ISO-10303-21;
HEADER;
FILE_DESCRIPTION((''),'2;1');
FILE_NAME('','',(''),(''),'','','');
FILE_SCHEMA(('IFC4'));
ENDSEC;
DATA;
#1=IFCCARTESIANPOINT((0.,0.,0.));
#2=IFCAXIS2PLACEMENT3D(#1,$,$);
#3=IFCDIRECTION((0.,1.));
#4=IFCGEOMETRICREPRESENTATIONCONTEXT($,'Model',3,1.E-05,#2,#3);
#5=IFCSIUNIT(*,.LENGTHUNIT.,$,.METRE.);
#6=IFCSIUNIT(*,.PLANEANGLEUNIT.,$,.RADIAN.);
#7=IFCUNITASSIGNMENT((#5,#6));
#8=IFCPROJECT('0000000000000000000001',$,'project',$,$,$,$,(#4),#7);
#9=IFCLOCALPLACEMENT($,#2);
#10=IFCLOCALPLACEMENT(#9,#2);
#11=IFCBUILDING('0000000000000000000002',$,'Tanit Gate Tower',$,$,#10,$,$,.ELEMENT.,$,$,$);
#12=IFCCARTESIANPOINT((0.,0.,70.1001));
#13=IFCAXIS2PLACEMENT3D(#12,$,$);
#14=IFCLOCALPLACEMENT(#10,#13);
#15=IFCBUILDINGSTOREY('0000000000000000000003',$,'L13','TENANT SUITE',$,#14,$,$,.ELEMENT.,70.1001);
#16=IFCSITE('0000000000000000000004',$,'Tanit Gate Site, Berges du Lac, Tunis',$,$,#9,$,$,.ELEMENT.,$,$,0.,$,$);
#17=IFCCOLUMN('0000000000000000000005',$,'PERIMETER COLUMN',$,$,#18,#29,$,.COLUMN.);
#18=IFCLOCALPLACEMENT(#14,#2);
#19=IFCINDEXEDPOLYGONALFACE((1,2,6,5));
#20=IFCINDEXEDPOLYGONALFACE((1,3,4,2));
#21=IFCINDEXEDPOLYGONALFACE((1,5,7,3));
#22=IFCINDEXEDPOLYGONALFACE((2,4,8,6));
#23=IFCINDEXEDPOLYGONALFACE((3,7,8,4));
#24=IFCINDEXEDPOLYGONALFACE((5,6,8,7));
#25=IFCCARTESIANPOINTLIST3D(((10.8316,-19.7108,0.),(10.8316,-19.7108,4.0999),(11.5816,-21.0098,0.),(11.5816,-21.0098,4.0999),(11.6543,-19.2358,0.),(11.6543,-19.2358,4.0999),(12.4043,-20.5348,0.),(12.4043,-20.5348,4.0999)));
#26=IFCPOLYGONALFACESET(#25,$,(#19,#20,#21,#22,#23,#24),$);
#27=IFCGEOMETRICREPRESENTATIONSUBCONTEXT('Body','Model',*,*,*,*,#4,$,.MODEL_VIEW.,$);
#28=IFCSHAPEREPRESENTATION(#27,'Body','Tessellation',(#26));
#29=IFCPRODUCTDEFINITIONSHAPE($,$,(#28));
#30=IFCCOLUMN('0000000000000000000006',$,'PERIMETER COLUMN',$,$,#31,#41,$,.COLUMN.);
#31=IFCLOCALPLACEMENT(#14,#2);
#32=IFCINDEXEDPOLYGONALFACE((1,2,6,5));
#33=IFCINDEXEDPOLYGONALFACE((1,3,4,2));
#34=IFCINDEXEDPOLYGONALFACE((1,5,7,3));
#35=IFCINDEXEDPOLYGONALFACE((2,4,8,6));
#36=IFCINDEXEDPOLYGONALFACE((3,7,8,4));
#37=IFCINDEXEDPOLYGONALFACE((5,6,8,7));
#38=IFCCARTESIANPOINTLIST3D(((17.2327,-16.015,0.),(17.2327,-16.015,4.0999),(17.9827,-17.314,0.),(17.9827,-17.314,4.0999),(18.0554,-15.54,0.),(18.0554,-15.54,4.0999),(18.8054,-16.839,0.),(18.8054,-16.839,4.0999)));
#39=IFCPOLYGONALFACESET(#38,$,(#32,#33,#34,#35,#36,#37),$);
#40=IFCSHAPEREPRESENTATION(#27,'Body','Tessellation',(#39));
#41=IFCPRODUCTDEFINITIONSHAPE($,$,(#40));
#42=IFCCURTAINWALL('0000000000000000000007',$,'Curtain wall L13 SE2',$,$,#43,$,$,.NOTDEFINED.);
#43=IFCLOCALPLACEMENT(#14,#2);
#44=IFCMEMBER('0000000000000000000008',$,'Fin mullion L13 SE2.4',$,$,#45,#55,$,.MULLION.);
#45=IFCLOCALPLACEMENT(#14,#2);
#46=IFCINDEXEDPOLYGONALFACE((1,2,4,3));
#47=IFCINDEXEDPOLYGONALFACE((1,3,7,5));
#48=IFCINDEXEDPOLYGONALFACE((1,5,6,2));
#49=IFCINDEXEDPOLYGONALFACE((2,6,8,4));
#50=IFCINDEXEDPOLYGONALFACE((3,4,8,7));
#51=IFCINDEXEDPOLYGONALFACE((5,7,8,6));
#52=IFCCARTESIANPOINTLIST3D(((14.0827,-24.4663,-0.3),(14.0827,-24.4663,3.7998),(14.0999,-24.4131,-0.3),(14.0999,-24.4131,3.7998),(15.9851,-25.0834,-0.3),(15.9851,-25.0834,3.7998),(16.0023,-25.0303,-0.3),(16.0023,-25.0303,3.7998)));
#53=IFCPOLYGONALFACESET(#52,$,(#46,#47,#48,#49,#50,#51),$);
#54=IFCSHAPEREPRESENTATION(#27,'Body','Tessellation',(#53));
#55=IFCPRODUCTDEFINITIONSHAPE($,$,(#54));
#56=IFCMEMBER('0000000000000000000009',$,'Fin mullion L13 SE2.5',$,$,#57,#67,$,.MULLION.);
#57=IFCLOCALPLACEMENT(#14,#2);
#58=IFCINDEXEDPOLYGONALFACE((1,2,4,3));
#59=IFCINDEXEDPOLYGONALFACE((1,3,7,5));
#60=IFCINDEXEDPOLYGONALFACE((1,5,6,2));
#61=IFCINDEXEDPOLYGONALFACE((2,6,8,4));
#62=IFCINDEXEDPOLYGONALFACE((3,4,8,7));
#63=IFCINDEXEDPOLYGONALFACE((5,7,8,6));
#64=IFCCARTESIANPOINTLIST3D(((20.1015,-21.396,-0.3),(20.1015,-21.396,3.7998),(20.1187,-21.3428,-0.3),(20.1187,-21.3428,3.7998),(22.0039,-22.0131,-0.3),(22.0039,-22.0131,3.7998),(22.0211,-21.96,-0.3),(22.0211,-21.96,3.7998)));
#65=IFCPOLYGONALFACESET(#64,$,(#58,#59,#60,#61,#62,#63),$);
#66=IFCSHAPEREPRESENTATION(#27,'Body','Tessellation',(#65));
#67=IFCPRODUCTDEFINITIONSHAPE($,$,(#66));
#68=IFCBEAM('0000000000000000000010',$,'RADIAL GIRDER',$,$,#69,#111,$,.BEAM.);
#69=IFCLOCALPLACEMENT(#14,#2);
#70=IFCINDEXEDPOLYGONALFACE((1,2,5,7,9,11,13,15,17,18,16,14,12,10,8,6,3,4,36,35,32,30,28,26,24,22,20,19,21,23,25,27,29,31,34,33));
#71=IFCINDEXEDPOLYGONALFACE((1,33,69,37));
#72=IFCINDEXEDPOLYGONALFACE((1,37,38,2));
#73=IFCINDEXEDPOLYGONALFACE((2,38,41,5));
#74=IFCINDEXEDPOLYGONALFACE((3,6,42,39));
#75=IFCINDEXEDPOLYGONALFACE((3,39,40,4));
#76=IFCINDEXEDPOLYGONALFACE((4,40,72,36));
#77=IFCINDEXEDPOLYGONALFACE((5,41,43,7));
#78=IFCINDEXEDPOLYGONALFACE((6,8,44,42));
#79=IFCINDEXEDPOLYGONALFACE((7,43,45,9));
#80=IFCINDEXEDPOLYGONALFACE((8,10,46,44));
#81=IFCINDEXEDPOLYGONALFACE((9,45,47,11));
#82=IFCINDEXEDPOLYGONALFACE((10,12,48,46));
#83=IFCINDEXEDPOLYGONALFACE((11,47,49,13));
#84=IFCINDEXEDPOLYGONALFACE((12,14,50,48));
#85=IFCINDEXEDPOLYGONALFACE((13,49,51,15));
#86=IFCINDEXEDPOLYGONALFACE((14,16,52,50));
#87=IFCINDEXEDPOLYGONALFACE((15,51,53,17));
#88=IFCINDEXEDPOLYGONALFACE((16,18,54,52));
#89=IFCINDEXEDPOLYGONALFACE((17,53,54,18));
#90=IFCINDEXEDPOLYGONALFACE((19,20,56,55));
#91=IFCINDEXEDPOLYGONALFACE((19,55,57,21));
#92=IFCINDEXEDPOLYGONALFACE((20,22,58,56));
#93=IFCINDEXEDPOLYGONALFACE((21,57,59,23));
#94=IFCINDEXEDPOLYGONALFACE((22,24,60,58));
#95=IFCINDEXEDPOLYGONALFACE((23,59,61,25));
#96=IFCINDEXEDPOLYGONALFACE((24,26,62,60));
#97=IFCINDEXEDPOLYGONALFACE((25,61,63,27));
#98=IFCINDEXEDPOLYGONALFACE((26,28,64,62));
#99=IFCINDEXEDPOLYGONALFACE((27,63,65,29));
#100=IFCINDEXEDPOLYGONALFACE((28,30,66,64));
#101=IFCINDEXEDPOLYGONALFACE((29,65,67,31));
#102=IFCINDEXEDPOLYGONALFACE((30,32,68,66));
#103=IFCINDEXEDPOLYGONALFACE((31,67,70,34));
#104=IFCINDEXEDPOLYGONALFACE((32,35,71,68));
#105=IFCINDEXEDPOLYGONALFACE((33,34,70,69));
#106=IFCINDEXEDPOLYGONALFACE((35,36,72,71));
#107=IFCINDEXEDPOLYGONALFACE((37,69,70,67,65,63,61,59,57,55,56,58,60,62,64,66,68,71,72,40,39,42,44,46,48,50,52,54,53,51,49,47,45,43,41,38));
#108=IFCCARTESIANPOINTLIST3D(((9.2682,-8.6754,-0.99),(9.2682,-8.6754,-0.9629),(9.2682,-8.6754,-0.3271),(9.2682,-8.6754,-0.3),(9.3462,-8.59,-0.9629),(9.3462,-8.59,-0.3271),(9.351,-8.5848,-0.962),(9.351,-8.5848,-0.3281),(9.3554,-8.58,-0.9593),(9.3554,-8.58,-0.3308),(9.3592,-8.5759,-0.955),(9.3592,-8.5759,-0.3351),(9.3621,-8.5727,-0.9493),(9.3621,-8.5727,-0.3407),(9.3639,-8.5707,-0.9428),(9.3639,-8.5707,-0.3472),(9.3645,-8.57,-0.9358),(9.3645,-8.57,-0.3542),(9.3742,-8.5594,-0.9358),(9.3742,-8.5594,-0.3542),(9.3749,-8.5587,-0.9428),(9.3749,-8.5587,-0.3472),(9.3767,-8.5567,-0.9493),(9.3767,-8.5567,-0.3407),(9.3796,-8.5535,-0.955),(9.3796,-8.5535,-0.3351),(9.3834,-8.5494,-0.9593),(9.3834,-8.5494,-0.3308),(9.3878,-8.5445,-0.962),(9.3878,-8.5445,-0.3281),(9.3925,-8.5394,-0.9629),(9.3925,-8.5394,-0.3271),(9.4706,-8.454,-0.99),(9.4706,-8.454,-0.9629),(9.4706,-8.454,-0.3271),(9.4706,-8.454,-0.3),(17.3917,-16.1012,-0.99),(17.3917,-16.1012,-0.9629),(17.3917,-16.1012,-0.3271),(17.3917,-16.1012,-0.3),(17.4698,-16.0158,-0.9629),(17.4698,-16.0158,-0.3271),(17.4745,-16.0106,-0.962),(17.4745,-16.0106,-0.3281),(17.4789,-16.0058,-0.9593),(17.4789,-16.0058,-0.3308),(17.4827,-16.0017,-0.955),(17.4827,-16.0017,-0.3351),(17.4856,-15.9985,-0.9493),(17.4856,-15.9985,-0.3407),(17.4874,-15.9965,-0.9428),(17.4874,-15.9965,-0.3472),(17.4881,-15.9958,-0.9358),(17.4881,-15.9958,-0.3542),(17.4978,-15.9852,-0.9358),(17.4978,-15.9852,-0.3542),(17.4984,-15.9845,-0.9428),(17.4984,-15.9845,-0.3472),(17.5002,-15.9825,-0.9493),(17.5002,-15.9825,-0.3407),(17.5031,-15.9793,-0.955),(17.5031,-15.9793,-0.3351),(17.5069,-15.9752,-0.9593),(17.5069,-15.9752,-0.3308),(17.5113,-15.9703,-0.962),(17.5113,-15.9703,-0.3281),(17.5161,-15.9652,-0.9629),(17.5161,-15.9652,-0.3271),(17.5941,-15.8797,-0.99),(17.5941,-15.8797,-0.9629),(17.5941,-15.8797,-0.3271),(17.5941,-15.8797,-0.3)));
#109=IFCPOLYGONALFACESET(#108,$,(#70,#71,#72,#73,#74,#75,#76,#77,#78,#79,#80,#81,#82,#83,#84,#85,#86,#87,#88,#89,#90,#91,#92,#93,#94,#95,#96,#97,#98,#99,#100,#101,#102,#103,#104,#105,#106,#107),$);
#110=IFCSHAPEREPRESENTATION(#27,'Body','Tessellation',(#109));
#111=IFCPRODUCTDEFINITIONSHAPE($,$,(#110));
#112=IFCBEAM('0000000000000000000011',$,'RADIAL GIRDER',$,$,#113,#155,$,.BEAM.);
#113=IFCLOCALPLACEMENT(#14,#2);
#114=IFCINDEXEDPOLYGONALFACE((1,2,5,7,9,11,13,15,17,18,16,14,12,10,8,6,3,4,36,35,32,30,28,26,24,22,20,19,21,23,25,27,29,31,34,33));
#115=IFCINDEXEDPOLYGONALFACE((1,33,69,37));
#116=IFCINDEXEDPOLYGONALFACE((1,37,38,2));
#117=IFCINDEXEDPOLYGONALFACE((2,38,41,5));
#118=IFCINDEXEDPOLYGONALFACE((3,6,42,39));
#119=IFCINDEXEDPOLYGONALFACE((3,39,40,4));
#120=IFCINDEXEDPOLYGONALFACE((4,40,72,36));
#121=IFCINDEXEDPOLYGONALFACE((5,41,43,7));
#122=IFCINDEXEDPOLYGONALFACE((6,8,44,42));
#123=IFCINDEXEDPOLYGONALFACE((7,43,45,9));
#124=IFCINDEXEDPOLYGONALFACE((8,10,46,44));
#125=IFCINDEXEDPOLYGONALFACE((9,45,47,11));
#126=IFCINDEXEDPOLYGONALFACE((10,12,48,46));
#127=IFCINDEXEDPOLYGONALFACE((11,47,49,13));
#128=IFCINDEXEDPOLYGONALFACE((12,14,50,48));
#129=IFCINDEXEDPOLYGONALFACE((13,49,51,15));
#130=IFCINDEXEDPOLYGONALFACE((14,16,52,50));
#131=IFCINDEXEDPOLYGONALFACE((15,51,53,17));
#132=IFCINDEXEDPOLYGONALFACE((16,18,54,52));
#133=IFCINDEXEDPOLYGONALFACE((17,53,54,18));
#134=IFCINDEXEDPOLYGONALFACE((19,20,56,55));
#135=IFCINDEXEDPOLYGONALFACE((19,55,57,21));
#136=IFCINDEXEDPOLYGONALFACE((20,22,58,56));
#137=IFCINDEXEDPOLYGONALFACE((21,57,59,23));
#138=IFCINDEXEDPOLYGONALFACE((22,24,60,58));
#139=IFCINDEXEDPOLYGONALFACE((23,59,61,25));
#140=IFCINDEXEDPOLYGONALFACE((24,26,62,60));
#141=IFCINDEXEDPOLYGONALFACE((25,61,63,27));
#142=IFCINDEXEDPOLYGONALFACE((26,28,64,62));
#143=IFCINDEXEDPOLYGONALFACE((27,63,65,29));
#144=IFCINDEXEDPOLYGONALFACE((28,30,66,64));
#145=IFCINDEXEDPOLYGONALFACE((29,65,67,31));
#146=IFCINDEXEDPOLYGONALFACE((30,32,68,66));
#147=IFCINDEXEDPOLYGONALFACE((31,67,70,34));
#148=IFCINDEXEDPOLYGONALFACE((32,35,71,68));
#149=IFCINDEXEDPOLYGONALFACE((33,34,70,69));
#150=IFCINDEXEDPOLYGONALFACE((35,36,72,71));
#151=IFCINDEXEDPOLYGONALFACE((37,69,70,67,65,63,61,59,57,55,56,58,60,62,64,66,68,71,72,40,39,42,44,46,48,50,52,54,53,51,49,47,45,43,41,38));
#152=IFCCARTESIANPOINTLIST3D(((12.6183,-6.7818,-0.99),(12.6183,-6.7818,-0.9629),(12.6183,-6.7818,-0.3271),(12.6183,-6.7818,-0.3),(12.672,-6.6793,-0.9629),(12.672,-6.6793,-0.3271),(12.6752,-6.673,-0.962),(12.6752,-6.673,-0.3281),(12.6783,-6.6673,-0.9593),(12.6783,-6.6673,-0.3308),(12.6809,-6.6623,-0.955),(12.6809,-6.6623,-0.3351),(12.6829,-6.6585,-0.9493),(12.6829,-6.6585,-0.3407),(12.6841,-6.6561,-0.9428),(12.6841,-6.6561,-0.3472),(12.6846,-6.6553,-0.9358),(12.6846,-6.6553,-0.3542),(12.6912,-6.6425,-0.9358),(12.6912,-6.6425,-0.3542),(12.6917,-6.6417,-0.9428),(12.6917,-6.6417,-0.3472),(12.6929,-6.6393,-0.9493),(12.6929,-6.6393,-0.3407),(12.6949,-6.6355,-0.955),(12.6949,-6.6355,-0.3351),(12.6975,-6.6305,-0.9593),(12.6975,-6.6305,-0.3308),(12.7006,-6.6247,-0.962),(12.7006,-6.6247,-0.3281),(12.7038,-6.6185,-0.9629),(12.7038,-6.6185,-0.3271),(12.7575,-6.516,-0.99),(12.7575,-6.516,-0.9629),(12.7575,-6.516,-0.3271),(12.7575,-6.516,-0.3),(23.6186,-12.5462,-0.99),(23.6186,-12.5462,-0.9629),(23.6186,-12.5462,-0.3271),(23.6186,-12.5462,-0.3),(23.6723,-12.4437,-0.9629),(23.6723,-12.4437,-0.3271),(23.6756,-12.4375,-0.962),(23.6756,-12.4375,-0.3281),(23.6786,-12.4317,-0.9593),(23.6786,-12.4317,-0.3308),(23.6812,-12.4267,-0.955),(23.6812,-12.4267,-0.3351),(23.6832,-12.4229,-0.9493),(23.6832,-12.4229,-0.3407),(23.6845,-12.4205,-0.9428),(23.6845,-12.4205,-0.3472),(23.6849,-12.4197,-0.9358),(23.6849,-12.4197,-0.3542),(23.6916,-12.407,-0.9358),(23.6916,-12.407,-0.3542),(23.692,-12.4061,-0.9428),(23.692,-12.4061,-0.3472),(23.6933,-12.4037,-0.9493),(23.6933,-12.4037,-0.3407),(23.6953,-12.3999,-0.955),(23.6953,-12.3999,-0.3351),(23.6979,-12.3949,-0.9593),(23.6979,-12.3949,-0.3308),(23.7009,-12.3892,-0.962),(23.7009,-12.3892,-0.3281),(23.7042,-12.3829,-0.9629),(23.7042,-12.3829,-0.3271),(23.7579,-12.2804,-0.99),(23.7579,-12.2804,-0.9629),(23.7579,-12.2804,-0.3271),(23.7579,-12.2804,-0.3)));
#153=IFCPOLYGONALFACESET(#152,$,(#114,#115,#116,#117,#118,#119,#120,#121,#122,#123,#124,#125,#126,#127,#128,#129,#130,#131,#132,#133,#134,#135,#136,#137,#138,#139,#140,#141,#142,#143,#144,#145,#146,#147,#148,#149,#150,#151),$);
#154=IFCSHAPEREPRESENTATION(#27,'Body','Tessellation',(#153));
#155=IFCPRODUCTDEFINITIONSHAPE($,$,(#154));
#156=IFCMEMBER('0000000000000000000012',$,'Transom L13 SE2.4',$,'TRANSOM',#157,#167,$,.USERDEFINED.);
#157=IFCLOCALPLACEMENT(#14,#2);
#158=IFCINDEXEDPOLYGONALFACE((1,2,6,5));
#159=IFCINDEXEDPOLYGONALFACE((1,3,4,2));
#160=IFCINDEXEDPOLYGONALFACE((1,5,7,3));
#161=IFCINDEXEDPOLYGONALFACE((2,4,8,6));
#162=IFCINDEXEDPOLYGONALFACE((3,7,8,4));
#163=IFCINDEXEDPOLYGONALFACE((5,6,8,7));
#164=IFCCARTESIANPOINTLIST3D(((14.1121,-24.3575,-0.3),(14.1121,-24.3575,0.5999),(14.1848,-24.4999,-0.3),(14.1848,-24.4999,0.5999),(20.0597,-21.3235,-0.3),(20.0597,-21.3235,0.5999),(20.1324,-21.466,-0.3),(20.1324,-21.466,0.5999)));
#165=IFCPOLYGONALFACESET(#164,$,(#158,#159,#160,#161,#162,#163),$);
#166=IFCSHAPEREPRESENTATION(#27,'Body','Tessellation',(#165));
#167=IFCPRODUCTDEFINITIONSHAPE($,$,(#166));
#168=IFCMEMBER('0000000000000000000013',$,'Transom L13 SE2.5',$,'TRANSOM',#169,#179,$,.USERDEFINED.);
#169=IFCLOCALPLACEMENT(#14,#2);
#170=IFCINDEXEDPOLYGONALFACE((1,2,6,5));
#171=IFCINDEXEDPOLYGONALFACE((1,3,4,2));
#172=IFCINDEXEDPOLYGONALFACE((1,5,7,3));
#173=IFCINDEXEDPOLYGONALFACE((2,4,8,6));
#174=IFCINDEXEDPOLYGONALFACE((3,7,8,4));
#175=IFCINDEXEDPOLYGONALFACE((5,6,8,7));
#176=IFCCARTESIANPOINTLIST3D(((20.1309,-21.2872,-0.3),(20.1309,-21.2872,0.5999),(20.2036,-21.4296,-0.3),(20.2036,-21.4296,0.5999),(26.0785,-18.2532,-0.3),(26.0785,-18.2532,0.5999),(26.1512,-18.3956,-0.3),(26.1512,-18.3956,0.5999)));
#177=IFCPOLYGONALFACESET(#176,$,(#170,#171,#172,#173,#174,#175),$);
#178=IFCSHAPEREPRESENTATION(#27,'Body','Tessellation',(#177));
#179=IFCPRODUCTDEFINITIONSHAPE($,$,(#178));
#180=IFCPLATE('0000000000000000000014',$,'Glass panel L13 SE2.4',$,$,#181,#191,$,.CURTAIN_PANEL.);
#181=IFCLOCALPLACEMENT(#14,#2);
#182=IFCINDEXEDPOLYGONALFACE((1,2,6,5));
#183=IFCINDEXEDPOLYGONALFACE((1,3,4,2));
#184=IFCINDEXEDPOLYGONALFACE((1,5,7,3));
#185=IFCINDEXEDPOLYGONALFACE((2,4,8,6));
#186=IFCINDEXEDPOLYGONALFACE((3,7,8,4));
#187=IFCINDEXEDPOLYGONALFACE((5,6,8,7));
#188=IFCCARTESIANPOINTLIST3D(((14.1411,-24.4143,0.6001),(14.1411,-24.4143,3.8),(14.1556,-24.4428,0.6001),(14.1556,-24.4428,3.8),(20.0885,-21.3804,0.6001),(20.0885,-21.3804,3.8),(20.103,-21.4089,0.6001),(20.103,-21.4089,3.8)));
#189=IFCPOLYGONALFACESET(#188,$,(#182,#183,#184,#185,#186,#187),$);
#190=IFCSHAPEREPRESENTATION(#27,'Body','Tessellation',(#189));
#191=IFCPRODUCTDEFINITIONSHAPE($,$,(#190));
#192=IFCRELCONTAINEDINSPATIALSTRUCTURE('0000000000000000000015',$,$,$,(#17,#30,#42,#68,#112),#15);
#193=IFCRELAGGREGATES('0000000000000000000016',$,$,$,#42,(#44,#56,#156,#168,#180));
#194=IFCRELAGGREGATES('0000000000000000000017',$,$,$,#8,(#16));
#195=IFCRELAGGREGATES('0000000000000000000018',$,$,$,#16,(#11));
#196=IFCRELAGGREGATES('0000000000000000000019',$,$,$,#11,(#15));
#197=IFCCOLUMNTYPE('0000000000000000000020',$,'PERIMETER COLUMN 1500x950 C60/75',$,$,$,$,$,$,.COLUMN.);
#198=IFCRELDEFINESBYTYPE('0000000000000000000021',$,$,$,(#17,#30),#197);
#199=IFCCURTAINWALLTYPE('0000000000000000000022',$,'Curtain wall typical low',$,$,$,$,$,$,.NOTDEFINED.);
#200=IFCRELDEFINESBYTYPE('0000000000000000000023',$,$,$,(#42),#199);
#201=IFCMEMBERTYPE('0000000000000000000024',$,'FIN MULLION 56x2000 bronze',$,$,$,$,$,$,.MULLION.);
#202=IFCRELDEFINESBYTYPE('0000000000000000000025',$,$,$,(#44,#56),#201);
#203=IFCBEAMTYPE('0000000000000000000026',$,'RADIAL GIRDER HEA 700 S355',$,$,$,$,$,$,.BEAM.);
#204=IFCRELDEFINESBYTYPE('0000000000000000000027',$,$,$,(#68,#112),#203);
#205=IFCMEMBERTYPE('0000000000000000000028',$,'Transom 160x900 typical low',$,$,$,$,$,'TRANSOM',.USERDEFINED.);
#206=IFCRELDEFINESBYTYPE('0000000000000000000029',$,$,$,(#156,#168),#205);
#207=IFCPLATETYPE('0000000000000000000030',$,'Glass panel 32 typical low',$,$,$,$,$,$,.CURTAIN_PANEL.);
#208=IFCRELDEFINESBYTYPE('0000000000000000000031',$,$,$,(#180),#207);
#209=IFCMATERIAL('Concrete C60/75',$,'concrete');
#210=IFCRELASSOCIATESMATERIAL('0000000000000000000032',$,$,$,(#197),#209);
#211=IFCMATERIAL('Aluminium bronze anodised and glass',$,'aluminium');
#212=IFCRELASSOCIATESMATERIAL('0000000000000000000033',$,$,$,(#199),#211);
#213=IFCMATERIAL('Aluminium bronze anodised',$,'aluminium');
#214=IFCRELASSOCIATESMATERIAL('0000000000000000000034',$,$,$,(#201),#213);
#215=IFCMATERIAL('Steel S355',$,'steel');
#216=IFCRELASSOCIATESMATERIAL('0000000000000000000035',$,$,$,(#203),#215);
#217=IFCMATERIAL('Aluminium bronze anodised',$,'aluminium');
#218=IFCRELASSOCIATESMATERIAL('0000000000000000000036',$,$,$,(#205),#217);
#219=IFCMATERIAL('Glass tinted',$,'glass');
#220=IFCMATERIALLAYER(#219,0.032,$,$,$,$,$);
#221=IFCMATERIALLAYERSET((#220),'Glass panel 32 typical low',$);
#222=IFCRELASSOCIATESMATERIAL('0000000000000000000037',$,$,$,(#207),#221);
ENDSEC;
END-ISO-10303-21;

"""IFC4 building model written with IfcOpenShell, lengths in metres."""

from ifc_helpers import new_model, si_unit, direction, frame, origin, origin_2d, place, context, subcontext, project, spatial, rectangle, i_section, extrude, material, layer, layer_set, material_profile, profile_set, type_object, element, aggregate, save


model = new_model("IFC4")

# Units and contexts
model_context = context("Model", 3, precision=1e-05, world=origin(), true_north=direction((0.0, 1.0)))
body_context = subcontext(model_context, "Body", "Model", "MODEL_VIEW")
ifc_project = project(units=[si_unit("LENGTHUNIT", "METRE"), si_unit("PLANEANGLEUNIT", "RADIAN")], contexts=[model_context])

# Site, building, storey
site_placement = place(None, origin())
site = spatial("IfcSite", under=ifc_project, at=site_placement, Name="Tanit Gate Site, Berges du Lac, Tunis", CompositionType="ELEMENT", RefElevation=0.0)
building_placement = place(site_placement, origin())
building = spatial("IfcBuilding", under=site, at=building_placement, Name="Tanit Gate Tower", CompositionType="ELEMENT")
storey_placement = place(building_placement, frame((0.0, 0.0, 70.1001)))
storey = spatial("IfcBuildingStorey", under=building, at=storey_placement, Name="L13", Description="TENANT SUITE", CompositionType="ELEMENT", Elevation=70.1001)

# Columns
ifc_material_1 = material(Name="Concrete C60/75", Category="concrete")
ifc_material_profile_1 = material_profile(ifc_material_1, rectangle(XDim=1.5, YDim=0.95, at=origin_2d()), Name="RC 1500x950")
ifc_profile_set_1 = profile_set([ifc_material_profile_1], Name="Concrete C60/75")
column_type = type_object("IfcColumnType", Name="PERIMETER COLUMN 1500x950 C60/75", PredefinedType="COLUMN", material=ifc_profile_set_1)
for number, where, z_axis, x_axis, name in (
    (1, (11.6179, -20.1228, 0.0), (0.0, 0.0, 1.0), (0.5, -0.866025, 0.0), "PERIMETER COLUMN"),
    (2, (18.019, -16.427, 0.0), (0.0, 0.0, 1.0), (0.5, -0.866025, 0.0), "PERIMETER COLUMN"),
):
    element("IfcColumn", number, at=place(storey_placement, frame(where, z_axis=z_axis, x_axis=x_axis)), inside=storey, type_object=column_type, Name=name, PredefinedType="COLUMN", context=body_context, shape_type="SweptSolid", body=[
        extrude(rectangle(XDim=1.5, YDim=0.95, at=origin_2d()), origin(), (0.0, 0.0, 1.0), 4.0999),
    ])

# Curtain wall, members
ifc_material_2 = material(Name="Aluminium bronze anodised and glass", Category="aluminium")
curtain_wall_type = type_object("IfcCurtainWallType", Name="Curtain wall typical low", PredefinedType="NOTDEFINED", material=ifc_material_2)
curtain_wall_placement = place(storey_placement, origin())
curtain_wall = element("IfcCurtainWall", 3, at=curtain_wall_placement, inside=storey, type_object=curtain_wall_type, Name="Curtain wall L13 SE2", PredefinedType="NOTDEFINED")
ifc_material_3 = material(Name="Aluminium bronze anodised", Category="aluminium")
ifc_material_profile_2 = material_profile(ifc_material_3, rectangle(XDim=2.0, YDim=0.0559, at=origin_2d()), Name="56x2000 bronze fin mullion")
ifc_profile_set_2 = profile_set([ifc_material_profile_2], Name="Aluminium bronze anodised")
member_type_1 = type_object("IfcMemberType", Name="FIN MULLION 56x2000 bronze", PredefinedType="MULLION", material=ifc_profile_set_2)
member_1_placement = place(storey_placement, frame((15.0425, -24.7483, -0.3), z_axis=(0.0, 0.0, 1.0), x_axis=(-0.951202, 0.308568, 0.0)))
member_1 = element("IfcMember", 4, at=member_1_placement, type_object=member_type_1, Name="Fin mullion L13 SE2.4", PredefinedType="MULLION", context=body_context, shape_type="SweptSolid", body=[
    extrude(rectangle(XDim=2.0, YDim=0.0559, at=origin_2d()), origin(), (0.0, 0.0, 1.0), 4.0999),
])
member_2_placement = place(storey_placement, frame((21.0613, -21.678, -0.3), z_axis=(0.0, 0.0, 1.0), x_axis=(-0.951202, 0.308568, 0.0)))
member_2 = element("IfcMember", 5, at=member_2_placement, type_object=member_type_1, Name="Fin mullion L13 SE2.5", PredefinedType="MULLION", context=body_context, shape_type="SweptSolid", body=[
    extrude(rectangle(XDim=2.0, YDim=0.0559, at=origin_2d()), origin(), (0.0, 0.0, 1.0), 4.0999),
])

# Beams
ifc_material_4 = material(Name="Steel S355", Category="steel")
ifc_material_profile_3 = material_profile(ifc_material_4, i_section(OverallWidth=0.3, OverallDepth=0.6899, WebThickness=0.0144, FlangeThickness=0.0271, FilletRadius=0.0271, at=origin_2d()), Name="HEA 700")
ifc_profile_set_3 = profile_set([ifc_material_profile_3], Name="Steel S355")
beam_type = type_object("IfcBeamType", Name="RADIAL GIRDER HEA 700 S355", PredefinedType="BEAM", material=ifc_profile_set_3)
beam_1_placement = place(storey_placement, frame((17.4929, -15.9905, -0.645), z_axis=(-0.738094, 0.674697, 0.0), x_axis=(-0.674697, -0.738094, 0.0)))
element("IfcBeam", 6, at=beam_1_placement, inside=storey, type_object=beam_type, Name="RADIAL GIRDER", PredefinedType="BEAM", context=body_context, shape_type="SweptSolid", body=[
    extrude(i_section(OverallWidth=0.3, OverallDepth=0.6899, WebThickness=0.0144, FlangeThickness=0.0271, FilletRadius=0.0271, at=origin_2d()), origin(), (0.0, 0.0, 1.0), 11.0061),
])
beam_2_placement = place(storey_placement, frame((23.6882, -12.4133, -0.645), z_axis=(-0.885753, 0.464157, 0.0), x_axis=(-0.464157, -0.885753, 0.0)))
element("IfcBeam", 7, at=beam_2_placement, inside=storey, type_object=beam_type, Name="RADIAL GIRDER", PredefinedType="BEAM", context=body_context, shape_type="SweptSolid", body=[
    extrude(i_section(OverallWidth=0.3, OverallDepth=0.6899, WebThickness=0.0144, FlangeThickness=0.0271, FilletRadius=0.0271, at=origin_2d()), origin(), (0.0, 0.0, 1.0), 12.4192),
])

# Members
ifc_material_5 = material(Name="Aluminium bronze anodised", Category="aluminium")
ifc_material_profile_4 = material_profile(ifc_material_5, rectangle(XDim=0.1599, YDim=0.8999, at=origin_2d()), Name="160x900 bronze transom")
ifc_profile_set_4 = profile_set([ifc_material_profile_4], Name="Aluminium bronze anodised")
member_type_2 = type_object("IfcMemberType", Name="Transom 160x900 typical low", ElementType="TRANSOM", PredefinedType="USERDEFINED", material=ifc_profile_set_4)
member_3_placement = place(storey_placement, frame((14.1484, -24.4287, 0.1499), z_axis=(0.890793, 0.45441, 0.0), x_axis=(-0.45441, 0.890793, 0.0)))
member_3 = element("IfcMember", 8, at=member_3_placement, type_object=member_type_2, Name="Transom L13 SE2.4", ObjectType="TRANSOM", PredefinedType="USERDEFINED", context=body_context, shape_type="SweptSolid", body=[
    extrude(rectangle(XDim=0.1599, YDim=0.8999, at=origin_2d()), origin(), (0.0, 0.0, 1.0), 6.6768),
])
member_4_placement = place(storey_placement, frame((20.1672, -21.3584, 0.1499), z_axis=(0.890793, 0.45441, 0.0), x_axis=(-0.45441, 0.890793, 0.0)))
member_4 = element("IfcMember", 9, at=member_4_placement, type_object=member_type_2, Name="Transom L13 SE2.5", ObjectType="TRANSOM", PredefinedType="USERDEFINED", context=body_context, shape_type="SweptSolid", body=[
    extrude(rectangle(XDim=0.1599, YDim=0.8999, at=origin_2d()), origin(), (0.0, 0.0, 1.0), 6.6768),
])

# Plate
ifc_material_6 = material(Name="Glass tinted", Category="glass")
ifc_layer_1 = layer(ifc_material_6, 0.032)
ifc_layer_set_1 = layer_set([ifc_layer_1], Name="Glass panel 32 typical low")
plate_type = type_object("IfcPlateType", Name="Glass panel 32 typical low", PredefinedType="CURTAIN_PANEL", material=ifc_layer_set_1)
plate_1_placement = place(storey_placement, frame((17.1221, -22.9116, 0.6001), z_axis=(0.0, 0.0, 1.0), x_axis=(0.890792, 0.454411, 0.0)))
plate_1 = element("IfcPlate", 10, at=plate_1_placement, type_object=plate_type, Name="Glass panel L13 SE2.4", PredefinedType="CURTAIN_PANEL", context=body_context, shape_type="SweptSolid", body=[
    extrude(rectangle(XDim=6.6765, YDim=0.032, at=origin_2d()), origin(), (0.0, 0.0, 1.0), 3.2),
])
aggregate(curtain_wall, [member_1, member_2, member_3, member_4, plate_1])

save(model, "model.ifc")
